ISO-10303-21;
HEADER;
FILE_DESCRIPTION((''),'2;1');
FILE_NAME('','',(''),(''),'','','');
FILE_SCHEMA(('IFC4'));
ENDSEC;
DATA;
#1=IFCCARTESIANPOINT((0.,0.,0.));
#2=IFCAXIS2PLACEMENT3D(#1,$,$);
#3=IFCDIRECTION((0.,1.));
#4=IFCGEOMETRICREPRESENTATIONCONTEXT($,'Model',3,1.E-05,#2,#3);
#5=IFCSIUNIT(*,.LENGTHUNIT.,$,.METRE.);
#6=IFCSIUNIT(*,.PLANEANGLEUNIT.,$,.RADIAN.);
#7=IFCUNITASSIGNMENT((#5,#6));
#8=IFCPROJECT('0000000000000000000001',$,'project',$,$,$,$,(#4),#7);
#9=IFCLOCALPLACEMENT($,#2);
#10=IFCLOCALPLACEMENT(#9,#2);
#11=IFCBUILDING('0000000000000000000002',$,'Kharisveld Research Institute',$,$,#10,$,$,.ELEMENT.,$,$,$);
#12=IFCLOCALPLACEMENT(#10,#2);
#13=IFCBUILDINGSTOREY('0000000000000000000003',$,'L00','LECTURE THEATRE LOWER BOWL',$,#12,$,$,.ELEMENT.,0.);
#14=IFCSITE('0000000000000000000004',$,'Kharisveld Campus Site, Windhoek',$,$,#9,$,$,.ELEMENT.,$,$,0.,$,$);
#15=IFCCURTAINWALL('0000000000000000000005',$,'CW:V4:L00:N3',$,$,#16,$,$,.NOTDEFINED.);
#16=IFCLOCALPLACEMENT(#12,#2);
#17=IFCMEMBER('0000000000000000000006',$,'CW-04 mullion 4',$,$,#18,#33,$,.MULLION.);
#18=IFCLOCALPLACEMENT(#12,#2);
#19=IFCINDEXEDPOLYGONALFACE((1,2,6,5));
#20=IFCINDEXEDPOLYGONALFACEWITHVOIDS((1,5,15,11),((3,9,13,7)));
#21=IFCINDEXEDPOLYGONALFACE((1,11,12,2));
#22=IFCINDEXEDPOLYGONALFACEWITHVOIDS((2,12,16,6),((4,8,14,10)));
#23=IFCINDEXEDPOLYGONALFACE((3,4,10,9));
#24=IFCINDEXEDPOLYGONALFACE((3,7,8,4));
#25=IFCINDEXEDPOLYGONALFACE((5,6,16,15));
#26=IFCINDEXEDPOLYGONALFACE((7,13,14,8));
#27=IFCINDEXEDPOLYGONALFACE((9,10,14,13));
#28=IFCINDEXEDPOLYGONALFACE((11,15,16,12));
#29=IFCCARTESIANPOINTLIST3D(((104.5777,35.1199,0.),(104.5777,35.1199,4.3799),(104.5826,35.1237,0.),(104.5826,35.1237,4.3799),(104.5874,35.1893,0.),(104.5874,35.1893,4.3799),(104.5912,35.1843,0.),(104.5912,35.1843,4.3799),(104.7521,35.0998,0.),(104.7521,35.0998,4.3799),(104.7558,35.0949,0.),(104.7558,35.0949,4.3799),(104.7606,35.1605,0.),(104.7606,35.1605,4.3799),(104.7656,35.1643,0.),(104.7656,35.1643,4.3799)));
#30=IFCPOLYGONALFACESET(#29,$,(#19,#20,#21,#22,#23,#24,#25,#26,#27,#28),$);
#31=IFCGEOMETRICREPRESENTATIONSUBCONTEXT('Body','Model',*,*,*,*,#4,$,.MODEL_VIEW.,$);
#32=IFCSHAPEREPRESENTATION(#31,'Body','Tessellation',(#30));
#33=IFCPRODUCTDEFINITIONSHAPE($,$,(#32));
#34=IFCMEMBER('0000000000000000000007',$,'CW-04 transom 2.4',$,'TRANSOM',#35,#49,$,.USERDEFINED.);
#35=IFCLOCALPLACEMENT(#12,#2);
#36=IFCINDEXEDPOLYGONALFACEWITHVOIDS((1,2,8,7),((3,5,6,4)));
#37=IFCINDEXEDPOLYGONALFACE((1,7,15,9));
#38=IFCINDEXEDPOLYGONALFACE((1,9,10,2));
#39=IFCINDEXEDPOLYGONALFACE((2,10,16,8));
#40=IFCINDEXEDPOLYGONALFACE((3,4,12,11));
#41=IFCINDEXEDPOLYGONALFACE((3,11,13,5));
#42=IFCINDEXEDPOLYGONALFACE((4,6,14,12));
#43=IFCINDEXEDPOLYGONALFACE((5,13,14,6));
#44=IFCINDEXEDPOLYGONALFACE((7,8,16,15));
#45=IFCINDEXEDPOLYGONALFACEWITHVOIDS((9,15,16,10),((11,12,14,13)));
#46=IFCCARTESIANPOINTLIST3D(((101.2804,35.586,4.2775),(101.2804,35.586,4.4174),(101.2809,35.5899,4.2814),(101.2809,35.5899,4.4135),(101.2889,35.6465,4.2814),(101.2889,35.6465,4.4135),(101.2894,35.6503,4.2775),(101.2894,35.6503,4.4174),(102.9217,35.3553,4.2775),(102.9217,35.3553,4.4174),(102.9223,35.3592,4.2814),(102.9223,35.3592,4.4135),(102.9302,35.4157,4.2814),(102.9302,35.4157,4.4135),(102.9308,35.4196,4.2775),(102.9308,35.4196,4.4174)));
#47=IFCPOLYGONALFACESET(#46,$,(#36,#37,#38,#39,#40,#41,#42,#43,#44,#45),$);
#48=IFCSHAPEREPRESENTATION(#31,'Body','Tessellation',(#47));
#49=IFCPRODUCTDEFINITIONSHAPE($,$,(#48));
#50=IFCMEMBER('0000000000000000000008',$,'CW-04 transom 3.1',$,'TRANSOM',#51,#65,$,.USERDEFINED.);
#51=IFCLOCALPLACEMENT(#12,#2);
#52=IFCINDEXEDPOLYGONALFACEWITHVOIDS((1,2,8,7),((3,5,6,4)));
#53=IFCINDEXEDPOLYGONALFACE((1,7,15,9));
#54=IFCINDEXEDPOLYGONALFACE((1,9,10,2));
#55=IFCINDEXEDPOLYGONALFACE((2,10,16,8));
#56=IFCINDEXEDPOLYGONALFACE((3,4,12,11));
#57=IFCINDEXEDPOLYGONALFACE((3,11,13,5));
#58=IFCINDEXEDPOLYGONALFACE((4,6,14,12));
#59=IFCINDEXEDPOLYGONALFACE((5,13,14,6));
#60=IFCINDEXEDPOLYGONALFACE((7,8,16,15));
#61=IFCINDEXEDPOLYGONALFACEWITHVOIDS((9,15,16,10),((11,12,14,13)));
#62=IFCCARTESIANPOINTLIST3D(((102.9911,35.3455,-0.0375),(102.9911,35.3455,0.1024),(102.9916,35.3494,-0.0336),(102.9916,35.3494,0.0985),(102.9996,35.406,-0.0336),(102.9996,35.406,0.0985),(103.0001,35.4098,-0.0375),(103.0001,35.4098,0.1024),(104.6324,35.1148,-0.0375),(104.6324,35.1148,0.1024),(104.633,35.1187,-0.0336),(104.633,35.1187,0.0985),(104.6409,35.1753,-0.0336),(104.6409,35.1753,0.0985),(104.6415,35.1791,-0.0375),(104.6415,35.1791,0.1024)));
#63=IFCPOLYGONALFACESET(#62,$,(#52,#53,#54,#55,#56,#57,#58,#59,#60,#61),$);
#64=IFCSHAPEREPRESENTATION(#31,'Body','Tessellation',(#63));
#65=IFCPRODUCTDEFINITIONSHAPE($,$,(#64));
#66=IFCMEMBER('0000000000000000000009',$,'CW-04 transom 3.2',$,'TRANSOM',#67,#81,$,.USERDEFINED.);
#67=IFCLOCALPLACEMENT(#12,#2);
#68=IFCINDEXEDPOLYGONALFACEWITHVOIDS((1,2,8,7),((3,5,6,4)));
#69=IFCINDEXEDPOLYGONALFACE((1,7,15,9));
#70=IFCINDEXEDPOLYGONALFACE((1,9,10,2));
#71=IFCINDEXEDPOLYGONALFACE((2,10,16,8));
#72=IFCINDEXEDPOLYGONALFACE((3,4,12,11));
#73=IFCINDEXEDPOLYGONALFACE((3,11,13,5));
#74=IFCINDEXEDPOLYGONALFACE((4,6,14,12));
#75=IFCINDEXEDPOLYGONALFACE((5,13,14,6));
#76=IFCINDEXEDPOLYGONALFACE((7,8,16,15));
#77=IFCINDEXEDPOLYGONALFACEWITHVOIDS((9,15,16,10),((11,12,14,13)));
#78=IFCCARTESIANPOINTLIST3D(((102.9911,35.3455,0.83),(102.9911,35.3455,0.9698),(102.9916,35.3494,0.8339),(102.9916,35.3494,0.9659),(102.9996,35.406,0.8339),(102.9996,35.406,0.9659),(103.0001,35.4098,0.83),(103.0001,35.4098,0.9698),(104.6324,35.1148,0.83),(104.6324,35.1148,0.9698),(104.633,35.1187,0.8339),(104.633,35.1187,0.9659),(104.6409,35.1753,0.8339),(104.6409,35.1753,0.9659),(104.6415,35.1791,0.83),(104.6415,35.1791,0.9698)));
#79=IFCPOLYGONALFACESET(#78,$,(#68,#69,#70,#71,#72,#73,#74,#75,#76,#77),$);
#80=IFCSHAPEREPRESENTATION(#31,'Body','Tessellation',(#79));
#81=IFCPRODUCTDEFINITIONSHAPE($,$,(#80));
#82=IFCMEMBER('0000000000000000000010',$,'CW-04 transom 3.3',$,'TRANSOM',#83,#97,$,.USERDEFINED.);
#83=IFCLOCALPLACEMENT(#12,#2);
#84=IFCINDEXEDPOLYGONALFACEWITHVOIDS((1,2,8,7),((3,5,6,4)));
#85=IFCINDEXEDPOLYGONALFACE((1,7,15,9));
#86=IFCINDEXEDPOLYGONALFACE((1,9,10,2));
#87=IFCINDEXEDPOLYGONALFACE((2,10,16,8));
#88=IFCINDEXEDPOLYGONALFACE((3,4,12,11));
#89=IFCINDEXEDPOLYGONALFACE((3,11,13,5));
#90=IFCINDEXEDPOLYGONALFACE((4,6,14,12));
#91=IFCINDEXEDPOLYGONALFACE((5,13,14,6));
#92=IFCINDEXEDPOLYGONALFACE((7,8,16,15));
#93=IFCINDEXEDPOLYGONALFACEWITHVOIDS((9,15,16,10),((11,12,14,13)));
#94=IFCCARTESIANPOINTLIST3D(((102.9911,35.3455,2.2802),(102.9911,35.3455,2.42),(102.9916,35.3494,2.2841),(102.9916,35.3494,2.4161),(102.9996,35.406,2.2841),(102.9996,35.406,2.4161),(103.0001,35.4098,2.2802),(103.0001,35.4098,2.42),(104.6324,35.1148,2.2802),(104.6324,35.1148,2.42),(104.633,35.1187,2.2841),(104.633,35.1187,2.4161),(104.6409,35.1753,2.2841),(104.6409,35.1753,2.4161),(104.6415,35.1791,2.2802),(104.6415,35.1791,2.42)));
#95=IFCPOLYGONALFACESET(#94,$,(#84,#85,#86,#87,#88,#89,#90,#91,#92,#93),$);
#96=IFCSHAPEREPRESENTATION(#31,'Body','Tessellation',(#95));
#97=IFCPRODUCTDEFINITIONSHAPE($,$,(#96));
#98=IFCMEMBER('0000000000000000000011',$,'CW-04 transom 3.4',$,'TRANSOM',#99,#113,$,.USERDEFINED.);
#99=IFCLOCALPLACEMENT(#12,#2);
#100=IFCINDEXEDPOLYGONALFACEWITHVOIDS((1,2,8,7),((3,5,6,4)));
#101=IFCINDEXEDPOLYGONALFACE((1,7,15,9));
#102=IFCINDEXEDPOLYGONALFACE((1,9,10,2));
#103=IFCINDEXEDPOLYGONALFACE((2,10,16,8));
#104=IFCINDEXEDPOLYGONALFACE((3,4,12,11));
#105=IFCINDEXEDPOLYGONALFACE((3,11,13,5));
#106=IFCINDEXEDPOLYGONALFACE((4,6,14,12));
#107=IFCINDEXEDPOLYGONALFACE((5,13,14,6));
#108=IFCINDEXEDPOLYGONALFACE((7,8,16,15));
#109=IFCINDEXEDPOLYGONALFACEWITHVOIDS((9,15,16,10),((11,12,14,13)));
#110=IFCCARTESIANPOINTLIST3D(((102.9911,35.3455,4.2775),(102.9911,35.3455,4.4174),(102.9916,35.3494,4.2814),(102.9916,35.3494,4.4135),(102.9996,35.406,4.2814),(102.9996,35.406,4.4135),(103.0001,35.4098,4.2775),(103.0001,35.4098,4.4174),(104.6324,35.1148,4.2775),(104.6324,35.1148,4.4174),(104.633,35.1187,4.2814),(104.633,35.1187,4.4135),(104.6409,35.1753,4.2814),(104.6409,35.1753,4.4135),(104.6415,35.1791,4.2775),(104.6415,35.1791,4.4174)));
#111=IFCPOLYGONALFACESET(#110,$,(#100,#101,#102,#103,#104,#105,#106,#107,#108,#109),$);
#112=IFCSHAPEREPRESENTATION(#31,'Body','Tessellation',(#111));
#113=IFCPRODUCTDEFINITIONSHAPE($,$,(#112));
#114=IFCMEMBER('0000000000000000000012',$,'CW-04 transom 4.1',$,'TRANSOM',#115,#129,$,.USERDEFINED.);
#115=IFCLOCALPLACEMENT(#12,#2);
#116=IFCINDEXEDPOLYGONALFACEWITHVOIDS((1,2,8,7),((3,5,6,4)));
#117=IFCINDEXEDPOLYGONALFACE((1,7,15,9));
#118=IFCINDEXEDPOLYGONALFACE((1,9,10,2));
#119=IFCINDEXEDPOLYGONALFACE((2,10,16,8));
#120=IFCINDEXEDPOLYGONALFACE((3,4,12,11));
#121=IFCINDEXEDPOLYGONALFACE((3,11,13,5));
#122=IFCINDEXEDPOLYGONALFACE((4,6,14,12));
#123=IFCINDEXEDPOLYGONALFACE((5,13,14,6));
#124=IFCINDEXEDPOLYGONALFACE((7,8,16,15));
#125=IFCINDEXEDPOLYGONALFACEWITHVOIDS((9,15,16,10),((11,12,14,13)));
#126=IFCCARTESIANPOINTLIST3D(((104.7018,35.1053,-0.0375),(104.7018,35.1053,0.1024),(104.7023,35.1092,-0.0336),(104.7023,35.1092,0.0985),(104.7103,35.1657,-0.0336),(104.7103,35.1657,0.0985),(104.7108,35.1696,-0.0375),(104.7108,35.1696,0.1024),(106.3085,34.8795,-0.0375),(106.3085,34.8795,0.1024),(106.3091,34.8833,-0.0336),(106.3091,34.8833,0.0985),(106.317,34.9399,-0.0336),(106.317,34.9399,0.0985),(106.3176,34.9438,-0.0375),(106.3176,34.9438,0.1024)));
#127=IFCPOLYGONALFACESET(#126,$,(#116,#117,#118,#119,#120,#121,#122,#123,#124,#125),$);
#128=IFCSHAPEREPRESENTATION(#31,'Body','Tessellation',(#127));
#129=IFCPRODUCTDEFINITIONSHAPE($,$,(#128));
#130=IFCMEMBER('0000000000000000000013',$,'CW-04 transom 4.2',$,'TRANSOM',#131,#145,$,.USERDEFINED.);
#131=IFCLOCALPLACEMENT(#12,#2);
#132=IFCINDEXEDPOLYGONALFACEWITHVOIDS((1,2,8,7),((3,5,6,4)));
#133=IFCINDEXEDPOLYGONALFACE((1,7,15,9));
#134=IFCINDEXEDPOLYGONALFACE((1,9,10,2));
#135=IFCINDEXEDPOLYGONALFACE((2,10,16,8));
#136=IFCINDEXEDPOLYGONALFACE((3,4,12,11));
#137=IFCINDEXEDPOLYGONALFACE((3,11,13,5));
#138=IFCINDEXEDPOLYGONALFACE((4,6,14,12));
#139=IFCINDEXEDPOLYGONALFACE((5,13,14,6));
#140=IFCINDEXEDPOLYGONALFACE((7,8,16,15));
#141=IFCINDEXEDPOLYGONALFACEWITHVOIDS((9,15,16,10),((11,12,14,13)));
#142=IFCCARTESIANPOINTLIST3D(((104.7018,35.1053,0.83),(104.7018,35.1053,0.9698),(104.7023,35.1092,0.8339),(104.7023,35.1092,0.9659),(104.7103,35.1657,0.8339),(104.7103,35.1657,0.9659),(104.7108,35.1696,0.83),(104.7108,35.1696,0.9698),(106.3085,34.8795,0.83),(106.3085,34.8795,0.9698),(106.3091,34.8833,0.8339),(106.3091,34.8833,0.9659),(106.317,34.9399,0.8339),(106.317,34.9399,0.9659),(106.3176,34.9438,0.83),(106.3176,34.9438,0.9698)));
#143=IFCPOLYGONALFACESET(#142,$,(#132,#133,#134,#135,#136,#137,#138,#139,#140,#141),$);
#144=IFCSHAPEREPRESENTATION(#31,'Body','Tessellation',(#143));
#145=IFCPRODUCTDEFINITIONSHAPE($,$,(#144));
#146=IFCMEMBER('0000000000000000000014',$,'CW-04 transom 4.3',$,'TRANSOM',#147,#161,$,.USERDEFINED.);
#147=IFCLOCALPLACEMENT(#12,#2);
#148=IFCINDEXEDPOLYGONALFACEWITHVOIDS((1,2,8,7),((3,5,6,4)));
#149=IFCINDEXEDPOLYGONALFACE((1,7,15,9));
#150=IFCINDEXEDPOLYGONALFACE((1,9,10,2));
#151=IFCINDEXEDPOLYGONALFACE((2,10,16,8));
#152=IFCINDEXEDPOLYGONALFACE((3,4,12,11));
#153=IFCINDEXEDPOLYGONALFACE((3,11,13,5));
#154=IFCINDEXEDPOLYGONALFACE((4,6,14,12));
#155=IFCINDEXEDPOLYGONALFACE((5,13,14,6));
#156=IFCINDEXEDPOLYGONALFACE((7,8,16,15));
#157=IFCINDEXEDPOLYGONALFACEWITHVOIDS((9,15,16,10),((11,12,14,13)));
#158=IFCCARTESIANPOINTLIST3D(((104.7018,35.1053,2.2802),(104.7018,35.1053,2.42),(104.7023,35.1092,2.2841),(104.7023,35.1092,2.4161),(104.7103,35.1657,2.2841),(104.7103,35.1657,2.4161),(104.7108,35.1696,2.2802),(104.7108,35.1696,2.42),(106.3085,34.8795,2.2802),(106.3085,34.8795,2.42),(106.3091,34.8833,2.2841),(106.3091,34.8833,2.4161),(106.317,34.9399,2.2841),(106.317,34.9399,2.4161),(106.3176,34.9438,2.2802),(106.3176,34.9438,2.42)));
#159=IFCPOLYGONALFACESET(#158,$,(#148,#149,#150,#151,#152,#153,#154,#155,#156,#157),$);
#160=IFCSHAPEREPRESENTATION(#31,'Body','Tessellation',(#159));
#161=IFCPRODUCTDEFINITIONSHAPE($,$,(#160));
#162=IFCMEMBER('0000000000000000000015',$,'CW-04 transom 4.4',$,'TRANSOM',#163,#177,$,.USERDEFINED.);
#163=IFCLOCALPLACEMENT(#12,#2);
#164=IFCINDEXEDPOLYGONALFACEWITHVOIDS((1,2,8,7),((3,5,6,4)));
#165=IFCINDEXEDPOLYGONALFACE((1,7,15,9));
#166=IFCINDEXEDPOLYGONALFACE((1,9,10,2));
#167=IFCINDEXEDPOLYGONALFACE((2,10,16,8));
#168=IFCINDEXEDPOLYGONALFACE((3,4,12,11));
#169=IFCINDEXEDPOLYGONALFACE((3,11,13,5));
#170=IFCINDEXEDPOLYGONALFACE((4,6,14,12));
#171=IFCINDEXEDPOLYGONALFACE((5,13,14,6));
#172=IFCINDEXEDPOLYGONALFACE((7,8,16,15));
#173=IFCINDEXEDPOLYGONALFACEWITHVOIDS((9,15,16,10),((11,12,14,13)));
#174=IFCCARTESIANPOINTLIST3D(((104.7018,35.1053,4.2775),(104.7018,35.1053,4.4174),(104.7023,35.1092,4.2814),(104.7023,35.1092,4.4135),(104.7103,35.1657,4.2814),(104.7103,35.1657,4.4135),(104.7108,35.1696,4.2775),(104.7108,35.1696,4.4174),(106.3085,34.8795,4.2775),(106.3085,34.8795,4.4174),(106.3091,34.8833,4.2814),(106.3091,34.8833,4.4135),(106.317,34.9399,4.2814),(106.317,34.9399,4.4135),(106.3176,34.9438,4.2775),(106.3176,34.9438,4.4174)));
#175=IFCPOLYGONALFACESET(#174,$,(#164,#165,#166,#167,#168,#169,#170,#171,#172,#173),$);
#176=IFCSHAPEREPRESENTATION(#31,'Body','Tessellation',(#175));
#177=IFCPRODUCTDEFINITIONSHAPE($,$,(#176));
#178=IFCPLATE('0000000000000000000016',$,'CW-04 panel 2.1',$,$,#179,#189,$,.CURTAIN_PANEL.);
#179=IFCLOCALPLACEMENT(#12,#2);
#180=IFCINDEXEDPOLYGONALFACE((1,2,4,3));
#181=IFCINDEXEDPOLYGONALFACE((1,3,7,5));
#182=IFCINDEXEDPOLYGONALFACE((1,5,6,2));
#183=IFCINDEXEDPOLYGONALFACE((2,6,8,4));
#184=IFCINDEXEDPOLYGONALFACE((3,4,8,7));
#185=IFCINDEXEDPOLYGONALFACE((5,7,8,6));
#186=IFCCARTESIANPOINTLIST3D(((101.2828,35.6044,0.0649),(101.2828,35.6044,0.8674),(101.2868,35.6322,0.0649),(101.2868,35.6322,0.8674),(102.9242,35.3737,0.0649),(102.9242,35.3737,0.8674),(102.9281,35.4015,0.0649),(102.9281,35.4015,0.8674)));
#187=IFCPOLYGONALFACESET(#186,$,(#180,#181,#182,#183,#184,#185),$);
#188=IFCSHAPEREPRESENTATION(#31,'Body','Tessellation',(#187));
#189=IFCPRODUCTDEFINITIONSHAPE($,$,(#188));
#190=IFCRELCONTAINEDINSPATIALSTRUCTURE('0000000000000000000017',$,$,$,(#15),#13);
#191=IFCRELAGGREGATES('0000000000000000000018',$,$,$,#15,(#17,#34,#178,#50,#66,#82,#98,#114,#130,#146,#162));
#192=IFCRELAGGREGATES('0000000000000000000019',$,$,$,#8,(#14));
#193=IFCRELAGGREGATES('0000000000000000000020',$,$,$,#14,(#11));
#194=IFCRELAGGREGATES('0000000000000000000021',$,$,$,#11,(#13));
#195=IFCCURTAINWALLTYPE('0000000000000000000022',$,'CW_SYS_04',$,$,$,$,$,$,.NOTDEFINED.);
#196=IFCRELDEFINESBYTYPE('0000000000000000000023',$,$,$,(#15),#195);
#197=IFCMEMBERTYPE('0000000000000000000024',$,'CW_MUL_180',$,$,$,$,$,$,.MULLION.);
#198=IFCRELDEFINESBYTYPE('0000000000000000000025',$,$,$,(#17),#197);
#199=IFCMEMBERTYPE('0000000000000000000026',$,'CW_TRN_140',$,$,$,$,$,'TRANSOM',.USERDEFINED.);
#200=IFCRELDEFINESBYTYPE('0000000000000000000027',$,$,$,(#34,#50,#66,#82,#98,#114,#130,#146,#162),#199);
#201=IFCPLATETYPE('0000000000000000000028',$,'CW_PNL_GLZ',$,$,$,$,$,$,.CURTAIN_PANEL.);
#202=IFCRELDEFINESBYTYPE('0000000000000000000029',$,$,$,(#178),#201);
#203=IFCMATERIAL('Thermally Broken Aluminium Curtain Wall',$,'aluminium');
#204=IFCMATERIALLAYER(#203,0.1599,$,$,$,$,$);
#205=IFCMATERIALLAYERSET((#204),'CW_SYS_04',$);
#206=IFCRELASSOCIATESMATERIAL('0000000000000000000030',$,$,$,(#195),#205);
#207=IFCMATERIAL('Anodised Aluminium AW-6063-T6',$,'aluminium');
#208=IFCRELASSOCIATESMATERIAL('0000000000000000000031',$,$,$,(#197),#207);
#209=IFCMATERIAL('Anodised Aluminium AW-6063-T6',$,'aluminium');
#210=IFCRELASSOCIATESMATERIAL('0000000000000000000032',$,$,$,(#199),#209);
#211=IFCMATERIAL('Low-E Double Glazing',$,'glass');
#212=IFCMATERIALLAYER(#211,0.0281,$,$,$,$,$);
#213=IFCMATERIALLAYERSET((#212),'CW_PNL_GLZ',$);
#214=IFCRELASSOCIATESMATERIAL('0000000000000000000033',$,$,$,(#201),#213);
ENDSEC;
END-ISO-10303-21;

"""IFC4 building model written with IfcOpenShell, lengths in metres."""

from ifc_helpers import new_model, si_unit, direction, frame, origin, origin_2d, place, context, subcontext, project, spatial, rectangle, hollow_rectangle, extrude, material, layer, layer_set, material_profile, profile_set, type_object, element, aggregate, save


model = new_model("IFC4")

# Units and contexts
model_context = context("Model", 3, precision=1e-05, world=origin(), true_north=direction((0.0, 1.0)))
body_context = subcontext(model_context, "Body", "Model", "MODEL_VIEW")
ifc_project = project(units=[si_unit("LENGTHUNIT", "METRE"), si_unit("PLANEANGLEUNIT", "RADIAN")], contexts=[model_context])

# Site, building, storey
site_placement = place(None, origin())
site = spatial("IfcSite", under=ifc_project, at=site_placement, Name="Kharisveld Campus Site, Windhoek", CompositionType="ELEMENT", RefElevation=0.0)
building_placement = place(site_placement, origin())
building = spatial("IfcBuilding", under=site, at=building_placement, Name="Kharisveld Research Institute", CompositionType="ELEMENT")
storey_placement = place(building_placement, origin())
storey = spatial("IfcBuildingStorey", under=building, at=storey_placement, Name="L00", Description="LECTURE THEATRE LOWER BOWL", CompositionType="ELEMENT", Elevation=0.0)

# Curtain wall, members, plate
ifc_material_1 = material(Name="Thermally Broken Aluminium Curtain Wall", Category="aluminium")
ifc_layer_1 = layer(ifc_material_1, 0.1599)
ifc_layer_set_1 = layer_set([ifc_layer_1], Name="CW_SYS_04")
curtain_wall_type = type_object("IfcCurtainWallType", Name="CW_SYS_04", PredefinedType="NOTDEFINED", material=ifc_layer_set_1)
curtain_wall_placement = place(storey_placement, origin())
curtain_wall = element("IfcCurtainWall", 1, at=curtain_wall_placement, inside=storey, type_object=curtain_wall_type, Name="CW:V4:L00:N3", PredefinedType="NOTDEFINED")
ifc_material_2 = material(Name="Anodised Aluminium AW-6063-T6", Category="aluminium")
ifc_material_profile_1 = material_profile(ifc_material_2, hollow_rectangle(XDim=0.0701, YDim=0.1799, WallThickness=0.0044, at=origin_2d()))
ifc_profile_set_1 = profile_set([ifc_material_profile_1], Name="Anodised Aluminium AW-6063-T6")
member_type_1 = type_object("IfcMemberType", Name="CW_MUL_180", PredefinedType="MULLION", material=ifc_profile_set_1)
member_1_placement = place(storey_placement, frame((104.6716, 35.1421, 0.0), z_axis=(0.0, 0.0, 1.0), x_axis=(0.139173, 0.990268, 0.0)))
member_1 = element("IfcMember", 2, at=member_1_placement, type_object=member_type_1, Name="CW-04 mullion 4", PredefinedType="MULLION", context=body_context, shape_type="SweptSolid", body=[
    extrude(hollow_rectangle(XDim=0.0701, YDim=0.1799, WallThickness=0.0044, at=origin_2d()), origin(), (0.0, 0.0, 1.0), 4.3799),
])
ifc_material_3 = material(Name="Anodised Aluminium AW-6063-T6", Category="aluminium")
ifc_material_profile_2 = material_profile(ifc_material_3, hollow_rectangle(XDim=0.0649, YDim=0.1399, WallThickness=0.0039, at=origin_2d()))
ifc_profile_set_2 = profile_set([ifc_material_profile_2], Name="Anodised Aluminium AW-6063-T6")
member_type_2 = type_object("IfcMemberType", Name="CW_TRN_140", ElementType="TRANSOM", PredefinedType="USERDEFINED", material=ifc_profile_set_2)
member_2_placement = place(storey_placement, frame((101.2849, 35.6182, 4.3474), z_axis=(0.990265, -0.139194, 0.0), x_axis=(0.139194, 0.990265, 0.0)))
member_2 = element("IfcMember", 3, at=member_2_placement, type_object=member_type_2, Name="CW-04 transom 2.4", ObjectType="TRANSOM", PredefinedType="USERDEFINED", context=body_context, shape_type="SweptSolid", body=[
    extrude(hollow_rectangle(XDim=0.0649, YDim=0.1399, WallThickness=0.0039, at=origin_2d()), origin(), (0.0, 0.0, 1.0), 1.6575),
])
member_3_placement = place(storey_placement, frame((102.9956, 35.3777, 0.0325), z_axis=(0.990265, -0.139194, 0.0), x_axis=(0.139194, 0.990265, 0.0)))
member_3 = element("IfcMember", 4, at=member_3_placement, type_object=member_type_2, Name="CW-04 transom 3.1", ObjectType="TRANSOM", PredefinedType="USERDEFINED", context=body_context, shape_type="SweptSolid", body=[
    extrude(hollow_rectangle(XDim=0.0649, YDim=0.1399, WallThickness=0.0039, at=origin_2d()), origin(), (0.0, 0.0, 1.0), 1.6575),
])
member_4_placement = place(storey_placement, frame((102.9956, 35.3777, 0.8999), z_axis=(0.990265, -0.139194, 0.0), x_axis=(0.139194, 0.990265, 0.0)))
member_4 = element("IfcMember", 5, at=member_4_placement, type_object=member_type_2, Name="CW-04 transom 3.2", ObjectType="TRANSOM", PredefinedType="USERDEFINED", context=body_context, shape_type="SweptSolid", body=[
    extrude(hollow_rectangle(XDim=0.0649, YDim=0.1399, WallThickness=0.0039, at=origin_2d()), origin(), (0.0, 0.0, 1.0), 1.6575),
])
member_5_placement = place(storey_placement, frame((102.9956, 35.3777, 2.3501), z_axis=(0.990265, -0.139194, 0.0), x_axis=(0.139194, 0.990265, 0.0)))
member_5 = element("IfcMember", 6, at=member_5_placement, type_object=member_type_2, Name="CW-04 transom 3.3", ObjectType="TRANSOM", PredefinedType="USERDEFINED", context=body_context, shape_type="SweptSolid", body=[
    extrude(hollow_rectangle(XDim=0.0649, YDim=0.1399, WallThickness=0.0039, at=origin_2d()), origin(), (0.0, 0.0, 1.0), 1.6575),
])
member_6_placement = place(storey_placement, frame((102.9956, 35.3777, 4.3474), z_axis=(0.990265, -0.139194, 0.0), x_axis=(0.139194, 0.990265, 0.0)))
member_6 = element("IfcMember", 7, at=member_6_placement, type_object=member_type_2, Name="CW-04 transom 3.4", ObjectType="TRANSOM", PredefinedType="USERDEFINED", context=body_context, shape_type="SweptSolid", body=[
    extrude(hollow_rectangle(XDim=0.0649, YDim=0.1399, WallThickness=0.0039, at=origin_2d()), origin(), (0.0, 0.0, 1.0), 1.6575),
])
member_7_placement = place(storey_placement, frame((104.7063, 35.1375, 0.0325), z_axis=(0.990266, -0.139188, 0.0), x_axis=(0.139188, 0.990266, 0.0)))
member_7 = element("IfcMember", 8, at=member_7_placement, type_object=member_type_2, Name="CW-04 transom 4.1", ObjectType="TRANSOM", PredefinedType="USERDEFINED", context=body_context, shape_type="SweptSolid", body=[
    extrude(hollow_rectangle(XDim=0.0649, YDim=0.1399, WallThickness=0.0039, at=origin_2d()), origin(), (0.0, 0.0, 1.0), 1.6226),
])
member_8_placement = place(storey_placement, frame((104.7063, 35.1375, 0.8999), z_axis=(0.990266, -0.139188, 0.0), x_axis=(0.139188, 0.990266, 0.0)))
member_8 = element("IfcMember", 9, at=member_8_placement, type_object=member_type_2, Name="CW-04 transom 4.2", ObjectType="TRANSOM", PredefinedType="USERDEFINED", context=body_context, shape_type="SweptSolid", body=[
    extrude(hollow_rectangle(XDim=0.0649, YDim=0.1399, WallThickness=0.0039, at=origin_2d()), origin(), (0.0, 0.0, 1.0), 1.6226),
])
member_9_placement = place(storey_placement, frame((104.7063, 35.1375, 2.3501), z_axis=(0.990266, -0.139188, 0.0), x_axis=(0.139188, 0.990266, 0.0)))
member_9 = element("IfcMember", 10, at=member_9_placement, type_object=member_type_2, Name="CW-04 transom 4.3", ObjectType="TRANSOM", PredefinedType="USERDEFINED", context=body_context, shape_type="SweptSolid", body=[
    extrude(hollow_rectangle(XDim=0.0649, YDim=0.1399, WallThickness=0.0039, at=origin_2d()), origin(), (0.0, 0.0, 1.0), 1.6226),
])
member_10_placement = place(storey_placement, frame((104.7063, 35.1375, 4.3474), z_axis=(0.990266, -0.139188, 0.0), x_axis=(0.139188, 0.990266, 0.0)))
member_10 = element("IfcMember", 11, at=member_10_placement, type_object=member_type_2, Name="CW-04 transom 4.4", ObjectType="TRANSOM", PredefinedType="USERDEFINED", context=body_context, shape_type="SweptSolid", body=[
    extrude(hollow_rectangle(XDim=0.0649, YDim=0.1399, WallThickness=0.0039, at=origin_2d()), origin(), (0.0, 0.0, 1.0), 1.6226),
])
ifc_material_4 = material(Name="Low-E Double Glazing", Category="glass")
ifc_layer_2 = layer(ifc_material_4, 0.0281)
ifc_layer_set_2 = layer_set([ifc_layer_2], Name="CW_PNL_GLZ")
plate_type = type_object("IfcPlateType", Name="CW_PNL_GLZ", PredefinedType="CURTAIN_PANEL", material=ifc_layer_set_2)
plate_1_placement = place(storey_placement, frame((102.1055, 35.5029, 0.0649), z_axis=(0.0, 0.0, 1.0), x_axis=(0.990268, -0.139173, 0.0)))
plate_1 = element("IfcPlate", 12, at=plate_1_placement, type_object=plate_type, Name="CW-04 panel 2.1", PredefinedType="CURTAIN_PANEL", context=body_context, shape_type="SweptSolid", body=[
    extrude(rectangle(XDim=1.6575, YDim=0.0281, at=origin_2d()), origin(), (0.0, 0.0, 1.0), 0.8025),
])
aggregate(curtain_wall, [member_1, member_2, plate_1, member_3, member_4, member_5, member_6, member_7, member_8, member_9, member_10])

save(model, "model.ifc")
